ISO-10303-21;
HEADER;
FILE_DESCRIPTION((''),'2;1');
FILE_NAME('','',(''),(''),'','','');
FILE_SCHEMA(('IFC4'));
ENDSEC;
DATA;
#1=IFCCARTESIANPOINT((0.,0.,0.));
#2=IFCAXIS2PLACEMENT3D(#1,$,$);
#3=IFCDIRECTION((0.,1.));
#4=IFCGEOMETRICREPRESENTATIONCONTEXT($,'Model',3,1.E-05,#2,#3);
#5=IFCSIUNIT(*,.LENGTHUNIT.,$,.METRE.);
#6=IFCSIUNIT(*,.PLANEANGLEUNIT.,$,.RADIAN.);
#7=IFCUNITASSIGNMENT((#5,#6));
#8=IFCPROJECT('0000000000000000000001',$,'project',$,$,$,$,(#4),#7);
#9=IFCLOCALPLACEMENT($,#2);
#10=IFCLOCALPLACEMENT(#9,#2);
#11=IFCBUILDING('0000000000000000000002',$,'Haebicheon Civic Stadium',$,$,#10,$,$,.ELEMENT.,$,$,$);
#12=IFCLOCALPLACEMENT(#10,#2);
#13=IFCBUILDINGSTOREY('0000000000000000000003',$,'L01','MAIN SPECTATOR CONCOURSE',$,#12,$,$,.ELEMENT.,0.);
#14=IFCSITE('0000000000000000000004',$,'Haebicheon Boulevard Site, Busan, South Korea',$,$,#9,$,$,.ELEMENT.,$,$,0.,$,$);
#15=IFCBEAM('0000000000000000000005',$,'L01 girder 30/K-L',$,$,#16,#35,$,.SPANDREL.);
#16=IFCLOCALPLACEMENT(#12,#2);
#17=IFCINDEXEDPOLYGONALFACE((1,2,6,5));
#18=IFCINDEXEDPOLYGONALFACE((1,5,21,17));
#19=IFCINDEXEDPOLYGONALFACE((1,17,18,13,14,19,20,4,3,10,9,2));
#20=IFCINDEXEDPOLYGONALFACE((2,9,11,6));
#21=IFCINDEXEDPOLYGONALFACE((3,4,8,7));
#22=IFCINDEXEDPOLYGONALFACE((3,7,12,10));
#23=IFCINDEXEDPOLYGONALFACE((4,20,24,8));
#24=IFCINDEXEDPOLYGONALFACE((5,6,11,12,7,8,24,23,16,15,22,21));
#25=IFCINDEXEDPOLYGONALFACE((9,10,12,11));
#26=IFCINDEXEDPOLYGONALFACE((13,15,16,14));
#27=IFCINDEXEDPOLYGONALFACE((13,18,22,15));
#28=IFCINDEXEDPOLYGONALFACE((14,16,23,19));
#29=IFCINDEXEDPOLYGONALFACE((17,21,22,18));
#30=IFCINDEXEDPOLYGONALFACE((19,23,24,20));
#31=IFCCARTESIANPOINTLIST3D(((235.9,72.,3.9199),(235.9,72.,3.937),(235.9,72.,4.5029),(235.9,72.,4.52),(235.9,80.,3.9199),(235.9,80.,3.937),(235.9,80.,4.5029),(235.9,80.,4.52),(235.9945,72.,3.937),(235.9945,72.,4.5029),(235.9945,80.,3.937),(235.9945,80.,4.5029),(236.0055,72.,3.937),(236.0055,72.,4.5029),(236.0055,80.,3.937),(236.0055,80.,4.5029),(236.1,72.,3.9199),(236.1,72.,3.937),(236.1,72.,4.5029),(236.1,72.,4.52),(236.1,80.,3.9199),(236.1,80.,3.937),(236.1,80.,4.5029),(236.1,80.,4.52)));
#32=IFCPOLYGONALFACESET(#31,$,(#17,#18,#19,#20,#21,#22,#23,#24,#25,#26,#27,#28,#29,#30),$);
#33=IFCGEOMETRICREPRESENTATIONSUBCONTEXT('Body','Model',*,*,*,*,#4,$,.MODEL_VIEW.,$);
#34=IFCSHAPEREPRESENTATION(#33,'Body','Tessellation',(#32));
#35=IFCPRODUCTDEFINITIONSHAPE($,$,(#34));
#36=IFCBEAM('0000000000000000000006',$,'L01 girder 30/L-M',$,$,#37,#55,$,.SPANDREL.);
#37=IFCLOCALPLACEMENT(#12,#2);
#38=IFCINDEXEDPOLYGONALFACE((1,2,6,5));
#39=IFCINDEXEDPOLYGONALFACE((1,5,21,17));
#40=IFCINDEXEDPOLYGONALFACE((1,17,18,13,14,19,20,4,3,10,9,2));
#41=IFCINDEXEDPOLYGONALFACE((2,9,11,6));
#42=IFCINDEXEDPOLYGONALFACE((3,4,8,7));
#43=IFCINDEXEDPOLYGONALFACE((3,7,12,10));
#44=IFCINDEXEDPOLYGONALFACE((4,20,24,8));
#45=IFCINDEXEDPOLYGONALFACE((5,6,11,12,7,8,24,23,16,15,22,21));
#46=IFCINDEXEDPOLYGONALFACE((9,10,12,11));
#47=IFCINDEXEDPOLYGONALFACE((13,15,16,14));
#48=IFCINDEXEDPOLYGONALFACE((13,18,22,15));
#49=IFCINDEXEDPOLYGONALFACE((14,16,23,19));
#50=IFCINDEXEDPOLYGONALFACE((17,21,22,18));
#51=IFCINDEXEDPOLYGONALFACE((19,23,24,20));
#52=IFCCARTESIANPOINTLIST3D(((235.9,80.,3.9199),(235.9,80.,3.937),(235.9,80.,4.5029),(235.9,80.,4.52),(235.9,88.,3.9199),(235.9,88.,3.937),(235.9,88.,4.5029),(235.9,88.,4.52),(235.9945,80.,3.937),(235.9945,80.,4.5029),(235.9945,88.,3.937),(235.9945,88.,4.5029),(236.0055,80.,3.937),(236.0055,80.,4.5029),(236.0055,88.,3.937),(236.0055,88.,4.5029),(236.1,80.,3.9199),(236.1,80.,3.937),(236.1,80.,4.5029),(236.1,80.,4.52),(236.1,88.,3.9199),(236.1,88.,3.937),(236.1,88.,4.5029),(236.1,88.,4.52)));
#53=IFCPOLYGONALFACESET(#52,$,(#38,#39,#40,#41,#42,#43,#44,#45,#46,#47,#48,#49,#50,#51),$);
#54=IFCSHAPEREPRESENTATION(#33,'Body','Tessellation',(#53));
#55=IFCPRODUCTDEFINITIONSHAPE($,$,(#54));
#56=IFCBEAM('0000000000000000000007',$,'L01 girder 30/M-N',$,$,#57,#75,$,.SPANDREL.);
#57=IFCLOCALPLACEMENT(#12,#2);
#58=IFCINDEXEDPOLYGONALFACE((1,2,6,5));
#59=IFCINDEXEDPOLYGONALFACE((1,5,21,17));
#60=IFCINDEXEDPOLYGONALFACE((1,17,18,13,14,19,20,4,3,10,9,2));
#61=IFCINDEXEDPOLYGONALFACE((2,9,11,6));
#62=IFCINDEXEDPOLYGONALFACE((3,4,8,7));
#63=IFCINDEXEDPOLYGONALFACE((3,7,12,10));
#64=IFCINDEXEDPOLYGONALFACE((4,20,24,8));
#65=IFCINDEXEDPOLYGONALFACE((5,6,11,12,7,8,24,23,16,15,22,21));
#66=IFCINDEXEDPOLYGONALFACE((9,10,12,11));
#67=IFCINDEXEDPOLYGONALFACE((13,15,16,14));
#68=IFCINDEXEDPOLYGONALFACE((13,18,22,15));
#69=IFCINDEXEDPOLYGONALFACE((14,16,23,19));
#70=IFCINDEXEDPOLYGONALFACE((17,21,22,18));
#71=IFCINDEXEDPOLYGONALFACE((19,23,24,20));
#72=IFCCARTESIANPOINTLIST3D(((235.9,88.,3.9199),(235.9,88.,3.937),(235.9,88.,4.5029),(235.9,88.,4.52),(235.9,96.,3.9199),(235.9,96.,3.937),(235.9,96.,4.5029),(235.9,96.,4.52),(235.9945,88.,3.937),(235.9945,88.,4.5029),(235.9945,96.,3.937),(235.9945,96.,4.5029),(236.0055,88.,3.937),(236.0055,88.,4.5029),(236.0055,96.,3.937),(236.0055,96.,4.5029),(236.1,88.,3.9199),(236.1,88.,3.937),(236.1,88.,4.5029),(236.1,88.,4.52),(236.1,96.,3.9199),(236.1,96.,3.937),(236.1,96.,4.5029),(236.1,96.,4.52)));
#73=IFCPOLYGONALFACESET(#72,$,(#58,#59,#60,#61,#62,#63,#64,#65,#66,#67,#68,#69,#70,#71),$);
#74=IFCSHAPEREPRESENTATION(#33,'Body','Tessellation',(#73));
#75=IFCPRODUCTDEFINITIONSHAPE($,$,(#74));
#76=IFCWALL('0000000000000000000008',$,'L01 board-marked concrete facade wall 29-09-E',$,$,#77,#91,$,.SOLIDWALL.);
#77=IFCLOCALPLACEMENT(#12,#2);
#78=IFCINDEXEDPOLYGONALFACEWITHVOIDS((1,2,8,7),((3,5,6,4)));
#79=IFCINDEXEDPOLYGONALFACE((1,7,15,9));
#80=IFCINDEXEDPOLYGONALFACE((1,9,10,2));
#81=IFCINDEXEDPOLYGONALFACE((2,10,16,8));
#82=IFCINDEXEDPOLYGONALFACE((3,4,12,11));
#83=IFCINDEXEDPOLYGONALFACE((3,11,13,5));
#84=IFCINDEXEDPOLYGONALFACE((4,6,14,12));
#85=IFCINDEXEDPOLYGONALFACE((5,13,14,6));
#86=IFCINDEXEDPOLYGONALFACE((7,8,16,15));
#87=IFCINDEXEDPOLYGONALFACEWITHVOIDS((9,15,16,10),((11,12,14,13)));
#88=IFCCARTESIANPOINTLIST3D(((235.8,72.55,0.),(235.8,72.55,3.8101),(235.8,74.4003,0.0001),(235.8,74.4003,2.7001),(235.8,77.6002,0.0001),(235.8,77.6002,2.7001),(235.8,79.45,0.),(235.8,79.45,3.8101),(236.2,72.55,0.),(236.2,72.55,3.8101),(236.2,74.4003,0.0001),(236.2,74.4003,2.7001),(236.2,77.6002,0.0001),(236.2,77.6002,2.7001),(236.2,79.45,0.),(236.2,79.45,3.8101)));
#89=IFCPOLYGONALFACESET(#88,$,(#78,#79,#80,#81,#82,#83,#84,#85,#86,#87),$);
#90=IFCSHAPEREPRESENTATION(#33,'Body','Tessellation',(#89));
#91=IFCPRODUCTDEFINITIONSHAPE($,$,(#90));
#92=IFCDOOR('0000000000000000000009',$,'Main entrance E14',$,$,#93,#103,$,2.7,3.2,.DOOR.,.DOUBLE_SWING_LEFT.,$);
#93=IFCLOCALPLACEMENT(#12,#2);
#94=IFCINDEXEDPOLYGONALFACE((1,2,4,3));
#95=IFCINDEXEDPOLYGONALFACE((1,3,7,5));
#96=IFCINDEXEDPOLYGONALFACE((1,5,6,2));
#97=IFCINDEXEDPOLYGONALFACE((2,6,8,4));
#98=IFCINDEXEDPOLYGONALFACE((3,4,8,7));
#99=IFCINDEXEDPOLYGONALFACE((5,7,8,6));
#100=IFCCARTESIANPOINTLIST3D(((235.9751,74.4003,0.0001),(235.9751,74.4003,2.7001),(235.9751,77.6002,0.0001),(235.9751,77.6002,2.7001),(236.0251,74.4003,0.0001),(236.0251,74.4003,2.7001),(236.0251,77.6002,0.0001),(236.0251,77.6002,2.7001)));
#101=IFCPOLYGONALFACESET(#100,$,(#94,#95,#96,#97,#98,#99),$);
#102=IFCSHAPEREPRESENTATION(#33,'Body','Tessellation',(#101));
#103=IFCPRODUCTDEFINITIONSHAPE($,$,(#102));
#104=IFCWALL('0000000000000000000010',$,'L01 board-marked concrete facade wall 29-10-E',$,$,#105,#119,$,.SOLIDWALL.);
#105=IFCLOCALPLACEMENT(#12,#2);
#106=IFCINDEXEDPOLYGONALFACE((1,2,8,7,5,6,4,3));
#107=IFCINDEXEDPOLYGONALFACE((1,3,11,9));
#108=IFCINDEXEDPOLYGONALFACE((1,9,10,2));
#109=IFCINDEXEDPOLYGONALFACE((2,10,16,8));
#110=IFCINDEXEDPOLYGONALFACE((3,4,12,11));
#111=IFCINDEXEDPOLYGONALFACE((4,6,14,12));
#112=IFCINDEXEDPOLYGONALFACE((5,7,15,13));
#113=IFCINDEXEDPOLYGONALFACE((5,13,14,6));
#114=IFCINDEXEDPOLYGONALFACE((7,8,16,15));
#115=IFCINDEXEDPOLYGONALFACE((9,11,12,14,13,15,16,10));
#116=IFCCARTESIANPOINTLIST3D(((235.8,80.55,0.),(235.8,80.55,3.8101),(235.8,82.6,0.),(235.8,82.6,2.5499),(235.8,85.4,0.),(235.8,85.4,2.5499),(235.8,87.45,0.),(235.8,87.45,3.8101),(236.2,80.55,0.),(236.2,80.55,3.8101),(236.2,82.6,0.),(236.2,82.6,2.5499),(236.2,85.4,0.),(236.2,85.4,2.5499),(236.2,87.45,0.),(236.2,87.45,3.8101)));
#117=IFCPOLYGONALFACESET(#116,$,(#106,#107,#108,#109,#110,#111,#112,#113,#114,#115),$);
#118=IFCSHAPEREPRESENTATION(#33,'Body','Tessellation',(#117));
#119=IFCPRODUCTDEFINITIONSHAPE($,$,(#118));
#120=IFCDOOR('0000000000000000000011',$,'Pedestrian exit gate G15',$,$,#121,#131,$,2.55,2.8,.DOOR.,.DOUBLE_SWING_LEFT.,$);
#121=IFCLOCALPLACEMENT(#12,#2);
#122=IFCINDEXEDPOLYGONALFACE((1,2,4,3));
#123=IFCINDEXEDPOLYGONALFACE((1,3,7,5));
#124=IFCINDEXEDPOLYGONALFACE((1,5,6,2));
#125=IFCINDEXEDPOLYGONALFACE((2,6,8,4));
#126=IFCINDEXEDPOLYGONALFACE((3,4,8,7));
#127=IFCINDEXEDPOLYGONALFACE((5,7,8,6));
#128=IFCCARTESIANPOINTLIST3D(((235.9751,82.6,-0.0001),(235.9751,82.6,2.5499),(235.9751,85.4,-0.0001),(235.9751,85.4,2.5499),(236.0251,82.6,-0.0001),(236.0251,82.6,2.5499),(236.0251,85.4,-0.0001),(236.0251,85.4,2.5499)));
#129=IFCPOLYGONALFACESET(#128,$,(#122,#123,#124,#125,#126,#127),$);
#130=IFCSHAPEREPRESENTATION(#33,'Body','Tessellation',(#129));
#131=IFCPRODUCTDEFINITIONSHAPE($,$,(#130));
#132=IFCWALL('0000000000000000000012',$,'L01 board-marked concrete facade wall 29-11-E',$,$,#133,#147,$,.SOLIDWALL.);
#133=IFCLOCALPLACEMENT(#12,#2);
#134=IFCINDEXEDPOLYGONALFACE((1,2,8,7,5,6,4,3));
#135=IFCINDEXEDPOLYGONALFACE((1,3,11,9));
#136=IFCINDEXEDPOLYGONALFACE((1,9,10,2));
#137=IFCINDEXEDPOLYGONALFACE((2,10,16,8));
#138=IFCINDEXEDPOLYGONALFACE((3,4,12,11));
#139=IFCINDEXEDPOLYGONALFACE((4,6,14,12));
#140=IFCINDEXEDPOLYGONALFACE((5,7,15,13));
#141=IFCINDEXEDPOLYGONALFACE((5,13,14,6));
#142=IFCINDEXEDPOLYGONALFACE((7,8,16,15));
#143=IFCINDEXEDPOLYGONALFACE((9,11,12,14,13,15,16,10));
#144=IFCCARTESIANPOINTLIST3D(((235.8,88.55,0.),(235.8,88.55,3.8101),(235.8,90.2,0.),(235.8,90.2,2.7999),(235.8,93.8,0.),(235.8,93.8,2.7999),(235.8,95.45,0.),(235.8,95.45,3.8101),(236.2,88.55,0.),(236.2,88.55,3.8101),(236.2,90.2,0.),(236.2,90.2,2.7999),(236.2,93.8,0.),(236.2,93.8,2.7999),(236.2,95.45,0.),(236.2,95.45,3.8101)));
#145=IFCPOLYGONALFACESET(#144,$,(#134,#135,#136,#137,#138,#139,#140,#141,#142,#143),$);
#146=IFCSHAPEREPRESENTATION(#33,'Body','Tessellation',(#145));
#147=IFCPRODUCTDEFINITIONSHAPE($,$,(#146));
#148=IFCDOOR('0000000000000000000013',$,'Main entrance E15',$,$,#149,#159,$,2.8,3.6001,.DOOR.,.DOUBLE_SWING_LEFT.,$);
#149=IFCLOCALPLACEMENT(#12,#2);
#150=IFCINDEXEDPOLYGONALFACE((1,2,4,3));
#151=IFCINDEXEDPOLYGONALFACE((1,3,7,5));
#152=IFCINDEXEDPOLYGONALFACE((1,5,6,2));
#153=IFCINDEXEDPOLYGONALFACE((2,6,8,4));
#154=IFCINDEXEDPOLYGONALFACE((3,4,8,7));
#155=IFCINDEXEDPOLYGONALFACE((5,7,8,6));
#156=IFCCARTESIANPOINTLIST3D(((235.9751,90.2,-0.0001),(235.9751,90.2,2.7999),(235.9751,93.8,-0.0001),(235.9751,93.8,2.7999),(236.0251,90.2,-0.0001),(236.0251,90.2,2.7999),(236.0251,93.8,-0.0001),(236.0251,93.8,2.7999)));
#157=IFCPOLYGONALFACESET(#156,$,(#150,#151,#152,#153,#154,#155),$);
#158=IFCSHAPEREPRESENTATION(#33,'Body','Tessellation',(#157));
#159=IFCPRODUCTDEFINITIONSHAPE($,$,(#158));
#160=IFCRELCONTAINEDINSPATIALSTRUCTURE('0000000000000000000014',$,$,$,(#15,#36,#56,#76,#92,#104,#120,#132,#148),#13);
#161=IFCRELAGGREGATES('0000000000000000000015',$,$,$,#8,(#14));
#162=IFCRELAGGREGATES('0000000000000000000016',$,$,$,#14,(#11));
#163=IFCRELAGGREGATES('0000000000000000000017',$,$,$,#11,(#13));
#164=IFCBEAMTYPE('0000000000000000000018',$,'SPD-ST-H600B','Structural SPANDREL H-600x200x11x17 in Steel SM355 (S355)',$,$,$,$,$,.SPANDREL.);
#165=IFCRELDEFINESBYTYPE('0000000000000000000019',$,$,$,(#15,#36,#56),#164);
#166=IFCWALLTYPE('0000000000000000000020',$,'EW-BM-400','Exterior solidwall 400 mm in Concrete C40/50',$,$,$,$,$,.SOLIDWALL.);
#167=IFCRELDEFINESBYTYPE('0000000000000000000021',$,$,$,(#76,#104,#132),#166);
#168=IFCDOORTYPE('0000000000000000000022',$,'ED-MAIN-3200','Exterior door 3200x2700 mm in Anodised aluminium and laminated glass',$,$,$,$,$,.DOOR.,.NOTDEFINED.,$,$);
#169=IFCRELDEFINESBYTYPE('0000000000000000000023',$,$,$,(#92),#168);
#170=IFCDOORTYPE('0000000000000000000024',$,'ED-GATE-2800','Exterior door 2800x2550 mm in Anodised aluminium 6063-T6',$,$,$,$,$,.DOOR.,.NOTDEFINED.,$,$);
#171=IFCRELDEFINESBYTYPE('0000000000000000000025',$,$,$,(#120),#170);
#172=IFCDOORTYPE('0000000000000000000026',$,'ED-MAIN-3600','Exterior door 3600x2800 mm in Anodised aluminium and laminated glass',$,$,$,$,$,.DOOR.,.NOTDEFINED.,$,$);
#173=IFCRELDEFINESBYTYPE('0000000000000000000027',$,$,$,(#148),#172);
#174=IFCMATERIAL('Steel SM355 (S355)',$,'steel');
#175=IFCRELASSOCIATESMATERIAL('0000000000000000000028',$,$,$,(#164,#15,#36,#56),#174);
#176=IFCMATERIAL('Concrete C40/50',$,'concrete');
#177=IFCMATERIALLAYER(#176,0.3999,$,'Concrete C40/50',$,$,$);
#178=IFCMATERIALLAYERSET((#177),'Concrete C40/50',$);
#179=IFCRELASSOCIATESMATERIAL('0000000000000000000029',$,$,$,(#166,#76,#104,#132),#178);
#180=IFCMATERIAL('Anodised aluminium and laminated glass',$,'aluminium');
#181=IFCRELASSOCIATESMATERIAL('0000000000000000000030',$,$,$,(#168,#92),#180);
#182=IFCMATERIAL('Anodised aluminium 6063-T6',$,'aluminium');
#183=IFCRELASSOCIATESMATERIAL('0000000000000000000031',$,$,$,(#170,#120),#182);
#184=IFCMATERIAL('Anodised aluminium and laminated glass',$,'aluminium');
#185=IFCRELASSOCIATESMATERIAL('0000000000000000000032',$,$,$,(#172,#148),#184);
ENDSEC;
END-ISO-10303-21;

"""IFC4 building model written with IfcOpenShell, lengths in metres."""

from ifc_helpers import new_model, si_unit, direction, frame, frame_2d, origin, origin_2d, place, context, subcontext, project, spatial, rectangle, i_section, extrude, material, layer, layer_set, material_profile, profile_set, type_object, element, fill, save


model = new_model("IFC4")

# Units and contexts
model_context = context("Model", 3, precision=1e-05, world=origin(), true_north=direction((0.0, 1.0)))
body_context = subcontext(model_context, "Body", "Model", "MODEL_VIEW")
ifc_project = project(units=[si_unit("LENGTHUNIT", "METRE"), si_unit("PLANEANGLEUNIT", "RADIAN")], contexts=[model_context])

# Site, building, storey
site_placement = place(None, origin())
site = spatial("IfcSite", under=ifc_project, at=site_placement, Name="Haebicheon Boulevard Site, Busan, South Korea", CompositionType="ELEMENT", RefElevation=0.0)
building_placement = place(site_placement, origin())
building = spatial("IfcBuilding", under=site, at=building_placement, Name="Haebicheon Civic Stadium", CompositionType="ELEMENT")
storey_placement = place(building_placement, origin())
storey = spatial("IfcBuildingStorey", under=building, at=storey_placement, Name="L01", Description="MAIN SPECTATOR CONCOURSE", CompositionType="ELEMENT", Elevation=0.0)

# Beams
ifc_material_1 = material(Name="Steel SM355 (S355)", Category="steel")
ifc_material_profile_1 = material_profile(ifc_material_1, i_section(OverallWidth=0.2, OverallDepth=0.6001, WebThickness=0.011, FlangeThickness=0.0171, at=origin_2d()), Name="H-600x200x11x17")
ifc_profile_set_1 = profile_set([ifc_material_profile_1], Name="Steel SM355 (S355)")
beam_type_1 = type_object("IfcBeamType", Name="SPD-ST-H600B", Description="Structural SPANDREL H-600x200x11x17 in Steel SM355 (S355)", PredefinedType="SPANDREL", material=ifc_profile_set_1)
for number, where, z_axis, x_axis, name in (
    (1, (236.0, 72.0, 4.22), (0.0, 1.0, 0.0), (-1.0, 0.0, 0.0), "L01 girder 30/K-L"),
    (2, (236.0, 80.0, 4.22), (0.0, 1.0, 0.0), (-1.0, 0.0, 0.0), "L01 girder 30/L-M"),
    (3, (236.0, 88.0, 4.22), (0.0, 1.0, 0.0), (-1.0, 0.0, 0.0), "L01 girder 30/M-N"),
):
    element("IfcBeam", number, at=place(storey_placement, frame(where, z_axis=z_axis, x_axis=x_axis)), inside=storey, type_object=beam_type_1, material=ifc_profile_set_1, Name=name, PredefinedType="SPANDREL", context=body_context, shape_type="SweptSolid", body=[
        extrude(i_section(OverallWidth=0.2, OverallDepth=0.6001, WebThickness=0.011, FlangeThickness=0.0171, at=origin_2d()), origin(), (0.0, 0.0, 1.0), 8.0),
    ])

# Walls, openings, doors
ifc_material_2 = material(Name="Concrete C40/50", Category="concrete")
ifc_layer_1 = layer(ifc_material_2, 0.3999, Name="Concrete C40/50")
ifc_layer_set_1 = layer_set([ifc_layer_1], Name="Concrete C40/50")
wall_type_1 = type_object("IfcWallType", Name="EW-BM-400", Description="Exterior solidwall 400 mm in Concrete C40/50", PredefinedType="SOLIDWALL", material=ifc_layer_set_1)
wall_1_placement = place(storey_placement, frame((236.0, 72.55, 0.0), z_axis=(0.0, 0.0, 1.0), x_axis=(0.0, 1.0, 0.0)))
wall_1 = element("IfcWall", 4, at=wall_1_placement, inside=storey, type_object=wall_type_1, material=ifc_layer_set_1, Name="L01 board-marked concrete facade wall 29-09-E", PredefinedType="SOLIDWALL", context=body_context, shape_type="SweptSolid", body=[
    extrude(rectangle(XDim=6.8999, YDim=0.3999, at=frame_2d((3.45, 0.0))), origin(), (0.0, 0.0, 1.0), 3.8101),
])
opening_1_placement = place(wall_1_placement, frame((1.8501, 0.0, 0.0)))
opening_1 = element("IfcOpeningElement", 5, at=opening_1_placement, cuts=wall_1, PredefinedType="OPENING", context=body_context, shape_type="SweptSolid", body=[
    extrude(rectangle(XDim=3.2, YDim=2.7, at=frame_2d((1.6001, 1.3501))), frame((0.0, 0.21, 0.0), z_axis=(0.0, -1.0, 0.0), x_axis=(1.0, 0.0, 0.0)), (0.0, 0.0, 1.0), 0.4199),
])
ifc_material_3 = material(Name="Anodised aluminium and laminated glass", Category="aluminium")
door_type_1 = type_object("IfcDoorType", Name="ED-MAIN-3200", Description="Exterior door 3200x2700 mm in Anodised aluminium and laminated glass", OperationType="NOTDEFINED", PredefinedType="DOOR", material=ifc_material_3)
door_1_placement = place(opening_1_placement, origin())
door_1 = element("IfcDoor", 6, at=door_1_placement, inside=storey, type_object=door_type_1, material=ifc_material_3, Name="Main entrance E14", OperationType="DOUBLE_SWING_LEFT", OverallHeight=2.7, OverallWidth=3.2, PredefinedType="DOOR", context=body_context, shape_type="SweptSolid", body=[
    extrude(rectangle(XDim=3.2, YDim=2.7, at=frame_2d((1.6001, 1.3501))), frame((0.0, 0.0249, 0.0), z_axis=(0.0, -1.0, 0.0), x_axis=(1.0, 0.0, 0.0)), (0.0, 0.0, 1.0), 0.05),
])
fill(opening_1, door_1)
wall_2_placement = place(storey_placement, frame((236.0, 80.55, 0.0), z_axis=(0.0, 0.0, 1.0), x_axis=(0.0, 1.0, 0.0)))
wall_2 = element("IfcWall", 7, at=wall_2_placement, inside=storey, type_object=wall_type_1, material=ifc_layer_set_1, Name="L01 board-marked concrete facade wall 29-10-E", PredefinedType="SOLIDWALL", context=body_context, shape_type="SweptSolid", body=[
    extrude(rectangle(XDim=6.8999, YDim=0.3999, at=frame_2d((3.45, 0.0))), origin(), (0.0, 0.0, 1.0), 3.8101),
])
opening_2_placement = place(wall_2_placement, frame((2.05, 0.0, 0.0)))
opening_2 = element("IfcOpeningElement", 8, at=opening_2_placement, cuts=wall_2, PredefinedType="OPENING", context=body_context, shape_type="SweptSolid", body=[
    extrude(rectangle(XDim=2.8, YDim=2.55, at=frame_2d((1.3999, 1.2749))), frame((0.0, 0.21, 0.0), z_axis=(0.0, -1.0, 0.0), x_axis=(1.0, 0.0, 0.0)), (0.0, 0.0, 1.0), 0.4199),
])
ifc_material_4 = material(Name="Anodised aluminium 6063-T6", Category="aluminium")
door_type_2 = type_object("IfcDoorType", Name="ED-GATE-2800", Description="Exterior door 2800x2550 mm in Anodised aluminium 6063-T6", OperationType="NOTDEFINED", PredefinedType="DOOR", material=ifc_material_4)
door_2_placement = place(opening_2_placement, origin())
door_2 = element("IfcDoor", 9, at=door_2_placement, inside=storey, type_object=door_type_2, material=ifc_material_4, Name="Pedestrian exit gate G15", OperationType="DOUBLE_SWING_LEFT", OverallHeight=2.55, OverallWidth=2.8, PredefinedType="DOOR", context=body_context, shape_type="SweptSolid", body=[
    extrude(rectangle(XDim=2.8, YDim=2.55, at=frame_2d((1.3999, 1.2749))), frame((0.0, 0.0249, 0.0), z_axis=(0.0, -1.0, 0.0), x_axis=(1.0, 0.0, 0.0)), (0.0, 0.0, 1.0), 0.05),
])
fill(opening_2, door_2)
wall_3_placement = place(storey_placement, frame((236.0, 88.55, 0.0), z_axis=(0.0, 0.0, 1.0), x_axis=(0.0, 1.0, 0.0)))
wall_3 = element("IfcWall", 10, at=wall_3_placement, inside=storey, type_object=wall_type_1, material=ifc_layer_set_1, Name="L01 board-marked concrete facade wall 29-11-E", PredefinedType="SOLIDWALL", context=body_context, shape_type="SweptSolid", body=[
    extrude(rectangle(XDim=6.8999, YDim=0.3999, at=frame_2d((3.45, 0.0))), origin(), (0.0, 0.0, 1.0), 3.8101),
])
opening_3_placement = place(wall_3_placement, frame((1.6499, 0.0, 0.0)))
opening_3 = element("IfcOpeningElement", 11, at=opening_3_placement, cuts=wall_3, PredefinedType="OPENING", context=body_context, shape_type="SweptSolid", body=[
    extrude(rectangle(XDim=3.6001, YDim=2.8, at=frame_2d((1.8, 1.3999))), frame((0.0, 0.21, 0.0), z_axis=(0.0, -1.0, 0.0), x_axis=(1.0, 0.0, 0.0)), (0.0, 0.0, 1.0), 0.4199),
])
ifc_material_5 = material(Name="Anodised aluminium and laminated glass", Category="aluminium")
door_type_3 = type_object("IfcDoorType", Name="ED-MAIN-3600", Description="Exterior door 3600x2800 mm in Anodised aluminium and laminated glass", OperationType="NOTDEFINED", PredefinedType="DOOR", material=ifc_material_5)
door_3_placement = place(opening_3_placement, origin())
door_3 = element("IfcDoor", 12, at=door_3_placement, inside=storey, type_object=door_type_3, material=ifc_material_5, Name="Main entrance E15", OperationType="DOUBLE_SWING_LEFT", OverallHeight=2.8, OverallWidth=3.6001, PredefinedType="DOOR", context=body_context, shape_type="SweptSolid", body=[
    extrude(rectangle(XDim=3.6001, YDim=2.8, at=frame_2d((1.8, 1.3999))), frame((0.0, 0.0249, 0.0), z_axis=(0.0, -1.0, 0.0), x_axis=(1.0, 0.0, 0.0)), (0.0, 0.0, 1.0), 0.05),
])
fill(opening_3, door_3)

save(model, "model.ifc")
